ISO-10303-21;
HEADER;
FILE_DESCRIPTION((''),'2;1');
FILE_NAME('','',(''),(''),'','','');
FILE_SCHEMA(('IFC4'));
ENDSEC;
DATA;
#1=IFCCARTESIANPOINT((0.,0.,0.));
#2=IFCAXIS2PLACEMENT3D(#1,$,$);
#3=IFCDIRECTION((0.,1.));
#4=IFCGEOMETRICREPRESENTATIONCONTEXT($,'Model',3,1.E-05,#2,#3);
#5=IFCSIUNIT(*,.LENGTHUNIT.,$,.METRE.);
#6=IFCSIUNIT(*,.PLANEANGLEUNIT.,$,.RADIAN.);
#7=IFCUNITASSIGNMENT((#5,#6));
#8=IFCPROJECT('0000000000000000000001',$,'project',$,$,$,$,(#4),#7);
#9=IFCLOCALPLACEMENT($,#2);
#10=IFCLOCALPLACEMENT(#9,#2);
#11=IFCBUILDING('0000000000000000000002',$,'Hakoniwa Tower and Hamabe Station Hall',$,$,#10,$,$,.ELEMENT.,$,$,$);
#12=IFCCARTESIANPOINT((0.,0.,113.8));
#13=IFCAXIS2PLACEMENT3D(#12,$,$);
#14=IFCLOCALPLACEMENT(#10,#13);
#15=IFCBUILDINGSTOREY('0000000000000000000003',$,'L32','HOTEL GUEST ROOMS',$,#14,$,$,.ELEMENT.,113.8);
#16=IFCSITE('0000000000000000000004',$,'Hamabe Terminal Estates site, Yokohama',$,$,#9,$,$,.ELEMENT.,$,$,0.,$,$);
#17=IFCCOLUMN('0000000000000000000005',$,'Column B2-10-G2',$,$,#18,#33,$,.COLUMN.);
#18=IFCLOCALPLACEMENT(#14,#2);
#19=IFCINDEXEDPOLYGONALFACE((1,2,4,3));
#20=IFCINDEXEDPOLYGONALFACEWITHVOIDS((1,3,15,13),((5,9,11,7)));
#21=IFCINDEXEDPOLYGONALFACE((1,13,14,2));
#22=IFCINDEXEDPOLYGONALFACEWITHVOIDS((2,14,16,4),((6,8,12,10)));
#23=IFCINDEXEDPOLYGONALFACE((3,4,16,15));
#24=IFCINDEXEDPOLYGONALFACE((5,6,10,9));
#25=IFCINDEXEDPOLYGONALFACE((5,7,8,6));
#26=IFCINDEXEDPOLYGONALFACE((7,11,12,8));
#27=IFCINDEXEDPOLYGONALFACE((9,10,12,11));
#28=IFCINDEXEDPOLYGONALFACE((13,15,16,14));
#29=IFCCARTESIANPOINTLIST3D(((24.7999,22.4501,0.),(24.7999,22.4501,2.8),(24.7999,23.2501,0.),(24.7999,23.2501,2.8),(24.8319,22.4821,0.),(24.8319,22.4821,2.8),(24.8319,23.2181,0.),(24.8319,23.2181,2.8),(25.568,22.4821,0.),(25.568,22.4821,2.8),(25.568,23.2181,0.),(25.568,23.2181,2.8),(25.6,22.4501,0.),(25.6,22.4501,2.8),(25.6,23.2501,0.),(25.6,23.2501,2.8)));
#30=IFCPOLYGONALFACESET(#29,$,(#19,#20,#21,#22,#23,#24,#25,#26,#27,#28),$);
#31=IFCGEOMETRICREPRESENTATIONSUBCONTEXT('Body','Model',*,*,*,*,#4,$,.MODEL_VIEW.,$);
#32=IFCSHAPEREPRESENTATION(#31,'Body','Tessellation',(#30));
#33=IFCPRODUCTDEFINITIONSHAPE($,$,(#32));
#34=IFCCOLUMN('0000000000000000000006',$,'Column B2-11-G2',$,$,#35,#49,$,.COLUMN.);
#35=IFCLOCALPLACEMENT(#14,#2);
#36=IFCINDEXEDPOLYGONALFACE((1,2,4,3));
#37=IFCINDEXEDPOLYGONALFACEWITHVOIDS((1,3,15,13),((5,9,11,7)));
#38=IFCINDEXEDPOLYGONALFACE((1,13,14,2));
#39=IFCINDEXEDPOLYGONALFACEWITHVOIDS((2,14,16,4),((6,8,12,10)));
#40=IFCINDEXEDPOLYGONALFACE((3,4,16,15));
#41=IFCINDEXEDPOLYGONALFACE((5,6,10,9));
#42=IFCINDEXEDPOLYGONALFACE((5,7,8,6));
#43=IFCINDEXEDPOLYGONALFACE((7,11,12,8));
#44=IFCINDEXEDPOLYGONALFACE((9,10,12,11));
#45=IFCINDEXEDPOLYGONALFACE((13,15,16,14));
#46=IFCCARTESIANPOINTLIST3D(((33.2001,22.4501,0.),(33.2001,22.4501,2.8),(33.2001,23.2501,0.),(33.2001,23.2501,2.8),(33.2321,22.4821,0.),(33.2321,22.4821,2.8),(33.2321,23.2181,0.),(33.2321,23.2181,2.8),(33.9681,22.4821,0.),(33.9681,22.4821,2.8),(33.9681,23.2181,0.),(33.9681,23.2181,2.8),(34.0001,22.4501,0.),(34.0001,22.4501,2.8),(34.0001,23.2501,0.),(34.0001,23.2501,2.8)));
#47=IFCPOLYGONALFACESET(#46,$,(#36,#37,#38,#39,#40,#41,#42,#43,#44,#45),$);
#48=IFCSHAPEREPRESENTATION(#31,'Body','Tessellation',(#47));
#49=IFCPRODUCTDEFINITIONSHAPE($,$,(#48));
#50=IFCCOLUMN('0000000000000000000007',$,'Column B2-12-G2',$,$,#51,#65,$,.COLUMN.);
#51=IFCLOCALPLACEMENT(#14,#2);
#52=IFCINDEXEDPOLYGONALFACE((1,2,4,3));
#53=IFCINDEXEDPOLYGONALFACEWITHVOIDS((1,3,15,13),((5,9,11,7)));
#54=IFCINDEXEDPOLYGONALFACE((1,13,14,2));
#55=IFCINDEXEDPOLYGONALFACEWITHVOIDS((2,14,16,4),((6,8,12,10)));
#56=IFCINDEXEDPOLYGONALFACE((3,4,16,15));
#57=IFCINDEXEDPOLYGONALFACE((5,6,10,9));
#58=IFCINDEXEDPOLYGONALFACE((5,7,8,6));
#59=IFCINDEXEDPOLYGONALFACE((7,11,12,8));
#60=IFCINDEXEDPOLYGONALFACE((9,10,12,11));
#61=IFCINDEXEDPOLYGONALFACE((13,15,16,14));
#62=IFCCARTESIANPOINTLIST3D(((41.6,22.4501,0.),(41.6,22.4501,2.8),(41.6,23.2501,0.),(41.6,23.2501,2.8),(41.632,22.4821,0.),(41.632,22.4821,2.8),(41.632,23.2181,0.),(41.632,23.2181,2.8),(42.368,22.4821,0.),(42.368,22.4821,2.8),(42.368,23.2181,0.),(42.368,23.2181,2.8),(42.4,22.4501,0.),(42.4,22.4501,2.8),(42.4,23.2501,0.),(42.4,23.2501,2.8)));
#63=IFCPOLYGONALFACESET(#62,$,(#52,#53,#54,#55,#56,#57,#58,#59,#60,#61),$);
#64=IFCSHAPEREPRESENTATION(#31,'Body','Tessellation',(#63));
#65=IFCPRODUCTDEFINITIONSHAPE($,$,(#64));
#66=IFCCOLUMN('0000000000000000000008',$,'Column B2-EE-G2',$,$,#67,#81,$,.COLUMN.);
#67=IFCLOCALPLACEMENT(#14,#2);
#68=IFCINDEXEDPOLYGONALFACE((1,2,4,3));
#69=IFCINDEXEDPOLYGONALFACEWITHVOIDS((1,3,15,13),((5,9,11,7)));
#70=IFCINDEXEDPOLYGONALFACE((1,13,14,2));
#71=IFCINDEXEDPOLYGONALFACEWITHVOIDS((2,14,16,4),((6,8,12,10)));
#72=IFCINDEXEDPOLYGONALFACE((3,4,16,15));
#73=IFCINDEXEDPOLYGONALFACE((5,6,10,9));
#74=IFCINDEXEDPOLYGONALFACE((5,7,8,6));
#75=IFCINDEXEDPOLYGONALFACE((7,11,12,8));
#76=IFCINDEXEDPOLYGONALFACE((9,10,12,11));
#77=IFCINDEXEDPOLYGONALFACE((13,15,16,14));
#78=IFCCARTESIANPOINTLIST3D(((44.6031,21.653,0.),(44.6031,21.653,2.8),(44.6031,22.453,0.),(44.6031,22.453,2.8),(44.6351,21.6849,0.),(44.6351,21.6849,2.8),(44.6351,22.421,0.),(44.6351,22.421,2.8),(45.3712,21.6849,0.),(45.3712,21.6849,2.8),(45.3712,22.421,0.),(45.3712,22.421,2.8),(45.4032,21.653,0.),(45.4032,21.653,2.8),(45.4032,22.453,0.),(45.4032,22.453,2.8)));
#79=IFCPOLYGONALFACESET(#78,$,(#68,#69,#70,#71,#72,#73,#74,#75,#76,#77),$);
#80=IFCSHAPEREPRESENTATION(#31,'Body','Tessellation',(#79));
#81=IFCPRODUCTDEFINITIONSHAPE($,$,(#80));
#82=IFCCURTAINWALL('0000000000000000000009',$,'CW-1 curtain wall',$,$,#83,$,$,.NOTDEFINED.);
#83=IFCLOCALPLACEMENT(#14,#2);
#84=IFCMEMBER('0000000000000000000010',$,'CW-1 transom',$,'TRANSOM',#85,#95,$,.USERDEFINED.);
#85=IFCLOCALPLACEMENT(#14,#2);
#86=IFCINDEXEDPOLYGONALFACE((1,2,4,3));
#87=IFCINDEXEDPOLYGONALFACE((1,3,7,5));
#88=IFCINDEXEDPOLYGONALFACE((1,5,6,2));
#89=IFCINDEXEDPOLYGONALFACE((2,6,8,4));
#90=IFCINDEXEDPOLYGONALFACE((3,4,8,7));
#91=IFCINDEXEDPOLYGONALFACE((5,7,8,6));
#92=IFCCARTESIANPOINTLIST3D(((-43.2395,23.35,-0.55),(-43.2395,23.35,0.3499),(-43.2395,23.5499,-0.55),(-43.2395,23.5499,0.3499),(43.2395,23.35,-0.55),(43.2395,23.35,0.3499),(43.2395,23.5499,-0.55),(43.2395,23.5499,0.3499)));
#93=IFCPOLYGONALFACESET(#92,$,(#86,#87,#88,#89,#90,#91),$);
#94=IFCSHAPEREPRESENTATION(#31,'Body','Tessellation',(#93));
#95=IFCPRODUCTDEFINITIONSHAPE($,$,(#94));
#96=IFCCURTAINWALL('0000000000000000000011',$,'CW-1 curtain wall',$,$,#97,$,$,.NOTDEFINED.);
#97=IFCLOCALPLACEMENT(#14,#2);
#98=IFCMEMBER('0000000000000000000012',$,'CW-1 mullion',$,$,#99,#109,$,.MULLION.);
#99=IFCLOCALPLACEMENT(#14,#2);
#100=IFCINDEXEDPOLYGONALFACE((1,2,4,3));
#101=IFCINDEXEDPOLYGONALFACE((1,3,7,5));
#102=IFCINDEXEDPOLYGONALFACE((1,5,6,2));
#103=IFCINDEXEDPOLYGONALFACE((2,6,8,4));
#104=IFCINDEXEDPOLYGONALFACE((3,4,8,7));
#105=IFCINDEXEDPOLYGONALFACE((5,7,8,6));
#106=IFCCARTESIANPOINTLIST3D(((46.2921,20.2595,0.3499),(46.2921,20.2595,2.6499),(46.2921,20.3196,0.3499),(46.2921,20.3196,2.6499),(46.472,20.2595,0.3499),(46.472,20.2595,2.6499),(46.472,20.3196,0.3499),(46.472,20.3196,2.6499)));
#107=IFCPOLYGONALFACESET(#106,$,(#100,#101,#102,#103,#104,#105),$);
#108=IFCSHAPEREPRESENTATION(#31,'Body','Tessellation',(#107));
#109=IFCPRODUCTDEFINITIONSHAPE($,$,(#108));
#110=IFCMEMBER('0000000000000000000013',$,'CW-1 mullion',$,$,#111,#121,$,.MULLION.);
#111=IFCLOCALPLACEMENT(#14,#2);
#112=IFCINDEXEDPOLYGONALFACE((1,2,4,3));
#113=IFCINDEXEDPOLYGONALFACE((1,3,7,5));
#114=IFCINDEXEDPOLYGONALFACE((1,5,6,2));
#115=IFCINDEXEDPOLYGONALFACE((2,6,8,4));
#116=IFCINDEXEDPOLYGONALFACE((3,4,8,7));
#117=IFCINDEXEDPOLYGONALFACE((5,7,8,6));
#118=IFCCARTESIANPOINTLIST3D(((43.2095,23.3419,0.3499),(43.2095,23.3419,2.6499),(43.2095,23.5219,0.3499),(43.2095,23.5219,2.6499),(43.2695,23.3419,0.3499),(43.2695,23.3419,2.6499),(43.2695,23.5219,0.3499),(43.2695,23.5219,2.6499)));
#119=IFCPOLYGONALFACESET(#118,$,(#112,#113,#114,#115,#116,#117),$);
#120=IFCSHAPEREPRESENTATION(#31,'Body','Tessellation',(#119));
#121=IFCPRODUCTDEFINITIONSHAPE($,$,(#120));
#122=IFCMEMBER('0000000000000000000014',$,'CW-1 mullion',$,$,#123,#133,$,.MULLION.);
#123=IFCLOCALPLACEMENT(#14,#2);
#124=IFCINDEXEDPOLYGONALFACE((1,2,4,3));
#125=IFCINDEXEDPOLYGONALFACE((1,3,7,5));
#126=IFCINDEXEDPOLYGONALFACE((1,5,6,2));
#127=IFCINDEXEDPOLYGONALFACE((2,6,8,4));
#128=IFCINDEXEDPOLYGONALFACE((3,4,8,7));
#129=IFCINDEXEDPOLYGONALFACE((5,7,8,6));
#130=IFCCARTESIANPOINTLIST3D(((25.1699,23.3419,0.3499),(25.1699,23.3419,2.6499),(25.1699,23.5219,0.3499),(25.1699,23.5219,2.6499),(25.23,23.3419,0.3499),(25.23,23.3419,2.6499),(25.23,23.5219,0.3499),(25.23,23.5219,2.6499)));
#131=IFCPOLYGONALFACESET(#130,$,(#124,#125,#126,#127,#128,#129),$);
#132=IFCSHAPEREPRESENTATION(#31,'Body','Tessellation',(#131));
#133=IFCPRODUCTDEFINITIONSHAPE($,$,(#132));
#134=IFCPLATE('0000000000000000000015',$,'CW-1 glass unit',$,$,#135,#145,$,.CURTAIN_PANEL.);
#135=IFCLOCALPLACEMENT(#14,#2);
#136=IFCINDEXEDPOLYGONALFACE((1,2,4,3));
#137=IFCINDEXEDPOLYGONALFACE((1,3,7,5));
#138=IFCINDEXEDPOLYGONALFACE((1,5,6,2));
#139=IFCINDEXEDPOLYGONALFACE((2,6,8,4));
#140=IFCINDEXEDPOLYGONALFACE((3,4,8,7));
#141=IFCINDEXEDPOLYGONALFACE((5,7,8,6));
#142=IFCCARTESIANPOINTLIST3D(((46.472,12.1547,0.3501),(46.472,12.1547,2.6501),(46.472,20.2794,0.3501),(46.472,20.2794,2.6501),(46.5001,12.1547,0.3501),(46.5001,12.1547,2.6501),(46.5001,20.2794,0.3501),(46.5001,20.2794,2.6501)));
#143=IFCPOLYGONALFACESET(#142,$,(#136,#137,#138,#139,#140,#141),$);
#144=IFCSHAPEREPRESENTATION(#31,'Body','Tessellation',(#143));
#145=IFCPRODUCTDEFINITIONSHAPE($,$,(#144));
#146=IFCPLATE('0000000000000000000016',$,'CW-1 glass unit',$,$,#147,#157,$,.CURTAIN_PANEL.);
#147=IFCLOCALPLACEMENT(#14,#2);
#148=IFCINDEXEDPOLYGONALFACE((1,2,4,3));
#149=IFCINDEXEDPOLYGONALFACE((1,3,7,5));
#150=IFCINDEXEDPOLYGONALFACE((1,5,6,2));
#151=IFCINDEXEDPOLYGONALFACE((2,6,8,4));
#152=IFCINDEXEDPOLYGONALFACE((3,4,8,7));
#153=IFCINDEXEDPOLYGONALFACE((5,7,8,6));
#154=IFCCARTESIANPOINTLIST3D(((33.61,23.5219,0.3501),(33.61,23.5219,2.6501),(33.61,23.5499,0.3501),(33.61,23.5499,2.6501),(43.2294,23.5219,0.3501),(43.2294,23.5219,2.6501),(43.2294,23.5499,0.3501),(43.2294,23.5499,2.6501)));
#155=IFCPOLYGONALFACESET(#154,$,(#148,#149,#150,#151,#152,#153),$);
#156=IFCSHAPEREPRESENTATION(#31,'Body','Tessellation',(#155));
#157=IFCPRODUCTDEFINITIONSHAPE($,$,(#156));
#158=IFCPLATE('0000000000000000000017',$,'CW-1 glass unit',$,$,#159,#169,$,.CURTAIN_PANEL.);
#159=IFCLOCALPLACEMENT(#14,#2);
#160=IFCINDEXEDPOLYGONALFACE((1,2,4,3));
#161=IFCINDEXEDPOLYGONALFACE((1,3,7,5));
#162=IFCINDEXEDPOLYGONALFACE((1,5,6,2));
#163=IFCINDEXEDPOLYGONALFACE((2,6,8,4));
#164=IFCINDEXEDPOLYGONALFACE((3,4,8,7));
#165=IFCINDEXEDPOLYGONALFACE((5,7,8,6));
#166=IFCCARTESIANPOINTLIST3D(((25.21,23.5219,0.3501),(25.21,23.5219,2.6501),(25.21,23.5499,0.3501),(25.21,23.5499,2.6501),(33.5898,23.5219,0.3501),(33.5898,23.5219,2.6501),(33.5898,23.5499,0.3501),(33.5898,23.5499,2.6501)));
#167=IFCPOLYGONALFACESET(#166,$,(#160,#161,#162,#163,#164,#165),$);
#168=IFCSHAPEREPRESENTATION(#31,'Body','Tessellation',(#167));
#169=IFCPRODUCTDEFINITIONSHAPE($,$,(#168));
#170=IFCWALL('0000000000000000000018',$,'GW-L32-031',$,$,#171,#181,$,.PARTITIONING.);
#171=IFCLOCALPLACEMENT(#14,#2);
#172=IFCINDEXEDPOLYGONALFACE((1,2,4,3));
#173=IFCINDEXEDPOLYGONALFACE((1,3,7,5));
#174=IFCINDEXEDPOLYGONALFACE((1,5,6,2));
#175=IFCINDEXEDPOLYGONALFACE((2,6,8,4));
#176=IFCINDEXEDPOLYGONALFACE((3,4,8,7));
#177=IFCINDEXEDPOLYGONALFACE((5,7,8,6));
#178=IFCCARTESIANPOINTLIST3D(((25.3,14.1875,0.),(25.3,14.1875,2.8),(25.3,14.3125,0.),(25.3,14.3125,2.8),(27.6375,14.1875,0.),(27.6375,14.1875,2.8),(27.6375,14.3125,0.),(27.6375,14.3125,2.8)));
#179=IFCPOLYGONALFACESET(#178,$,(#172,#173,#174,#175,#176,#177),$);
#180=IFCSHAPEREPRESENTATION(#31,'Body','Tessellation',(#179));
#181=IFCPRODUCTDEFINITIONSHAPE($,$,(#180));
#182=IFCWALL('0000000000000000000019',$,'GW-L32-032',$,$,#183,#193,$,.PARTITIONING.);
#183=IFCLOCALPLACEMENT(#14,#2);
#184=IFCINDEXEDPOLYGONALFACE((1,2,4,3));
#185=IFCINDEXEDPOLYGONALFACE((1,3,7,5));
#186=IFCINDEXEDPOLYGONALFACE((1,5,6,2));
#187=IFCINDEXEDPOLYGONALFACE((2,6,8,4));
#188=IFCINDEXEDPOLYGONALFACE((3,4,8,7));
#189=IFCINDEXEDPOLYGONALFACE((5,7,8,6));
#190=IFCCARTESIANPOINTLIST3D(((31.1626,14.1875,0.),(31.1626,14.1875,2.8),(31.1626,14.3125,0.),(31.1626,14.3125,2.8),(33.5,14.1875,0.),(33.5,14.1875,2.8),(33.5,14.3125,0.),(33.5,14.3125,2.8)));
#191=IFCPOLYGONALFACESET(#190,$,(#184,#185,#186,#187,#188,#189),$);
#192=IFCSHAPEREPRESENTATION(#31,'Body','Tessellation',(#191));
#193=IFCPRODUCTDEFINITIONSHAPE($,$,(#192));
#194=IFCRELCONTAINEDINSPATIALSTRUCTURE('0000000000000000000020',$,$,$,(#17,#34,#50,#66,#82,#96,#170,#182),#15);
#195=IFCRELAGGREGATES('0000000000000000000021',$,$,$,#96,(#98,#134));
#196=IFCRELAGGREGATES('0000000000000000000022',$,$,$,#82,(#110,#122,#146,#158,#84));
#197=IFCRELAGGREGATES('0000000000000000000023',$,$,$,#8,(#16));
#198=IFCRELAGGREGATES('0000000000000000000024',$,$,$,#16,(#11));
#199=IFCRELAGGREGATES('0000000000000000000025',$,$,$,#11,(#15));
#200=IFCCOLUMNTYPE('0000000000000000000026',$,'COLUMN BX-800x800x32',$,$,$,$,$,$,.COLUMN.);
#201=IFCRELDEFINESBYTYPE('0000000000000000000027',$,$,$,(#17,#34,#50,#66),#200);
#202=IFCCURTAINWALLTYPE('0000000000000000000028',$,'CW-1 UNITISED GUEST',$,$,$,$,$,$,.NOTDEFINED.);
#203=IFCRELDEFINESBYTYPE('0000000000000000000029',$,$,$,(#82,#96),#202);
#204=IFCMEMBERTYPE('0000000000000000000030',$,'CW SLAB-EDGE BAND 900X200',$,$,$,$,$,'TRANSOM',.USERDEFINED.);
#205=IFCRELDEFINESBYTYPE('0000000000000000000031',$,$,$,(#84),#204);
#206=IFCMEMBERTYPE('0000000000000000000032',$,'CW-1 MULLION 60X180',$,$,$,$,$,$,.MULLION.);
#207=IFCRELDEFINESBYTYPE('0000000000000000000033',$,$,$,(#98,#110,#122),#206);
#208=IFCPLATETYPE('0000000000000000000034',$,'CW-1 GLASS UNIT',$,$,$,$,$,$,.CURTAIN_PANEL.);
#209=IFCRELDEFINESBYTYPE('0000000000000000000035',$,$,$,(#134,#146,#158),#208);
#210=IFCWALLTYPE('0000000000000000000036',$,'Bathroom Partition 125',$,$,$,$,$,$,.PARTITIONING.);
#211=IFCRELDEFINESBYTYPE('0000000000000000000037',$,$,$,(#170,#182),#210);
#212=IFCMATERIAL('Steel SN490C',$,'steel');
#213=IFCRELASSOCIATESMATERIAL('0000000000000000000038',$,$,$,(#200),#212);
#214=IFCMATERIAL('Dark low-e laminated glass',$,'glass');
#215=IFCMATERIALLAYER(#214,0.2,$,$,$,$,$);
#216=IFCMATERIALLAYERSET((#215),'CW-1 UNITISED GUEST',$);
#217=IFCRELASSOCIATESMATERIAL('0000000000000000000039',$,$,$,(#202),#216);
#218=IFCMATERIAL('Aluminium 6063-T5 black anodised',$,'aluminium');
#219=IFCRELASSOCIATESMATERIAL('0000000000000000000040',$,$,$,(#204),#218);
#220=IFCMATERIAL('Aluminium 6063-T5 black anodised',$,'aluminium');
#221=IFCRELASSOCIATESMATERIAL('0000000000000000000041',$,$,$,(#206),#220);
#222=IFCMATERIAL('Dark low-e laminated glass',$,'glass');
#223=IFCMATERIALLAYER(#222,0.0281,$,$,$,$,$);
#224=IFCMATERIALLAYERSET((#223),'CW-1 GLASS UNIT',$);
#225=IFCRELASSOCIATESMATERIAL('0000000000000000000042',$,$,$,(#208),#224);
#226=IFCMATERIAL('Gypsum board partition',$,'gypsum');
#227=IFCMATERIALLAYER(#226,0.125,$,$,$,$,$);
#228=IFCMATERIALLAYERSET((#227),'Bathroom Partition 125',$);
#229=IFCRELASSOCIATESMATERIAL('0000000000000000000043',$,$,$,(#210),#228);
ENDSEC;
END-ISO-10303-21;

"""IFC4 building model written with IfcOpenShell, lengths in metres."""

from ifc_helpers import new_model, si_unit, direction, frame, frame_2d, origin, origin_2d, place, context, subcontext, project, spatial, rectangle, hollow_rectangle, extrude, material, layer, layer_set, material_profile, profile_set, type_object, element, aggregate, save


model = new_model("IFC4")

# Units and contexts
model_context = context("Model", 3, precision=1e-05, world=origin(), true_north=direction((0.0, 1.0)))
body_context = subcontext(model_context, "Body", "Model", "MODEL_VIEW")
ifc_project = project(units=[si_unit("LENGTHUNIT", "METRE"), si_unit("PLANEANGLEUNIT", "RADIAN")], contexts=[model_context])

# Site, building, storey
site_placement = place(None, origin())
site = spatial("IfcSite", under=ifc_project, at=site_placement, Name="Hamabe Terminal Estates site, Yokohama", CompositionType="ELEMENT", RefElevation=0.0)
building_placement = place(site_placement, origin())
building = spatial("IfcBuilding", under=site, at=building_placement, Name="Hakoniwa Tower and Hamabe Station Hall", CompositionType="ELEMENT")
storey_placement = place(building_placement, frame((0.0, 0.0, 113.8)))
storey = spatial("IfcBuildingStorey", under=building, at=storey_placement, Name="L32", Description="HOTEL GUEST ROOMS", CompositionType="ELEMENT", Elevation=113.8)

# Columns
ifc_material_1 = material(Name="Steel SN490C", Category="steel")
ifc_material_profile_1 = material_profile(ifc_material_1, hollow_rectangle(XDim=0.8, YDim=0.8, WallThickness=0.032, at=origin_2d()), Name="BX-800x800x32")
ifc_profile_set_1 = profile_set([ifc_material_profile_1], Name="Steel SN490C")
column_type = type_object("IfcColumnType", Name="COLUMN BX-800x800x32", PredefinedType="COLUMN", material=ifc_profile_set_1)
for number, where, z_axis, x_axis, name in (
    (1, (25.2, 22.8501, 0.0), (0.0, 0.0, 1.0), (1.0, 0.0, 0.0), "Column B2-10-G2"),
    (2, (33.6001, 22.8501, 0.0), (0.0, 0.0, 1.0), (1.0, 0.0, 0.0), "Column B2-11-G2"),
    (3, (42.0, 22.8501, 0.0), (0.0, 0.0, 1.0), (1.0, 0.0, 0.0), "Column B2-12-G2"),
    (4, (45.0032, 22.053, 0.0), (0.0, 0.0, 1.0), (1.0, 0.0, 0.0), "Column B2-EE-G2"),
):
    element("IfcColumn", number, at=place(storey_placement, frame(where, z_axis=z_axis, x_axis=x_axis)), inside=storey, type_object=column_type, Name=name, PredefinedType="COLUMN", context=body_context, shape_type="SweptSolid", body=[
        extrude(hollow_rectangle(XDim=0.8, YDim=0.8, WallThickness=0.032, at=origin_2d()), origin(), (0.0, 0.0, 1.0), 2.8),
    ])

# Curtain walls, members
ifc_material_2 = material(Name="Dark low-e laminated glass", Category="glass")
ifc_layer_1 = layer(ifc_material_2, 0.2)
ifc_layer_set_1 = layer_set([ifc_layer_1], Name="CW-1 UNITISED GUEST")
curtain_wall_type = type_object("IfcCurtainWallType", Name="CW-1 UNITISED GUEST", PredefinedType="NOTDEFINED", material=ifc_layer_set_1)
curtain_wall_1_placement = place(storey_placement, origin())
curtain_wall_1 = element("IfcCurtainWall", 5, at=curtain_wall_1_placement, inside=storey, type_object=curtain_wall_type, Name="CW-1 curtain wall", PredefinedType="NOTDEFINED")
ifc_material_3 = material(Name="Aluminium 6063-T5 black anodised", Category="aluminium")
ifc_material_profile_2 = material_profile(ifc_material_3, rectangle(XDim=0.2, YDim=0.8999, at=origin_2d()), Name="CW SLAB-EDGE BAND 900X200")
ifc_profile_set_2 = profile_set([ifc_material_profile_2], Name="Aluminium 6063-T5 black anodised")
member_type_1 = type_object("IfcMemberType", Name="CW SLAB-EDGE BAND 900X200", ElementType="TRANSOM", PredefinedType="USERDEFINED", material=ifc_profile_set_2)
member_1_placement = place(storey_placement, frame((43.2395, 23.45, -0.1001), z_axis=(-1.0, 0.0, 0.0), x_axis=(0.0, -1.0, 0.0)))
member_1 = element("IfcMember", 6, at=member_1_placement, type_object=member_type_1, Name="CW-1 transom", ObjectType="TRANSOM", PredefinedType="USERDEFINED", context=body_context, shape_type="SweptSolid", body=[
    extrude(rectangle(XDim=0.2, YDim=0.8999, at=origin_2d()), origin(), (0.0, 0.0, 1.0), 86.479),
])
curtain_wall_2_placement = place(storey_placement, origin())
curtain_wall_2 = element("IfcCurtainWall", 7, at=curtain_wall_2_placement, inside=storey, type_object=curtain_wall_type, Name="CW-1 curtain wall", PredefinedType="NOTDEFINED")
ifc_material_4 = material(Name="Aluminium 6063-T5 black anodised", Category="aluminium")
ifc_material_profile_3 = material_profile(ifc_material_4, rectangle(XDim=0.0601, YDim=0.1799, at=origin_2d()), Name="CW-1 MULLION 60X180")
ifc_profile_set_3 = profile_set([ifc_material_profile_3], Name="Aluminium 6063-T5 black anodised")
member_type_2 = type_object("IfcMemberType", Name="CW-1 MULLION 60X180", PredefinedType="MULLION", material=ifc_profile_set_3)
member_2_placement = place(storey_placement, frame((46.3821, 20.2896, 0.3499), z_axis=(0.0, 0.0, 1.0), x_axis=(0.0, 1.0, 0.0)))
member_2 = element("IfcMember", 8, at=member_2_placement, type_object=member_type_2, Name="CW-1 mullion", PredefinedType="MULLION", context=body_context, shape_type="SweptSolid", body=[
    extrude(rectangle(XDim=0.0601, YDim=0.1799, at=origin_2d()), origin(), (0.0, 0.0, 1.0), 2.3),
])

# Members
member_3_placement = place(storey_placement, frame((43.2395, 23.4319, 0.3499), z_axis=(0.0, 0.0, 1.0), x_axis=(-1.0, 0.0, 0.0)))
member_3 = element("IfcMember", 9, at=member_3_placement, type_object=member_type_2, Name="CW-1 mullion", PredefinedType="MULLION", context=body_context, shape_type="SweptSolid", body=[
    extrude(rectangle(XDim=0.0601, YDim=0.1799, at=origin_2d()), origin(), (0.0, 0.0, 1.0), 2.3),
])
member_4_placement = place(storey_placement, frame((25.2, 23.4319, 0.3499), z_axis=(0.0, 0.0, 1.0), x_axis=(-1.0, 0.0, 0.0)))
member_4 = element("IfcMember", 10, at=member_4_placement, type_object=member_type_2, Name="CW-1 mullion", PredefinedType="MULLION", context=body_context, shape_type="SweptSolid", body=[
    extrude(rectangle(XDim=0.0601, YDim=0.1799, at=origin_2d()), origin(), (0.0, 0.0, 1.0), 2.3),
])

# Plates
ifc_material_5 = material(Name="Dark low-e laminated glass", Category="glass")
ifc_layer_2 = layer(ifc_material_5, 0.0281)
ifc_layer_set_2 = layer_set([ifc_layer_2], Name="CW-1 GLASS UNIT")
plate_type = type_object("IfcPlateType", Name="CW-1 GLASS UNIT", PredefinedType="CURTAIN_PANEL", material=ifc_layer_set_2)
plate_1_placement = place(storey_placement, frame((46.4861, 16.217, 0.3501), z_axis=(0.0, 0.0, 1.0), x_axis=(0.0, 1.0, 0.0)))
plate_1 = element("IfcPlate", 11, at=plate_1_placement, type_object=plate_type, Name="CW-1 glass unit", PredefinedType="CURTAIN_PANEL", context=body_context, shape_type="SweptSolid", body=[
    extrude(rectangle(XDim=8.1248, YDim=0.0281, at=origin_2d()), origin(), (0.0, 0.0, 1.0), 2.3),
])
aggregate(curtain_wall_2, [member_2, plate_1])
plate_2_placement = place(storey_placement, frame((38.4197, 23.5359, 0.3501), z_axis=(0.0, 0.0, 1.0), x_axis=(-1.0, 0.0, 0.0)))
plate_2 = element("IfcPlate", 12, at=plate_2_placement, type_object=plate_type, Name="CW-1 glass unit", PredefinedType="CURTAIN_PANEL", context=body_context, shape_type="SweptSolid", body=[
    extrude(rectangle(XDim=9.6194, YDim=0.0281, at=origin_2d()), origin(), (0.0, 0.0, 1.0), 2.3),
])
plate_3_placement = place(storey_placement, frame((29.3999, 23.5359, 0.3501), z_axis=(0.0, 0.0, 1.0), x_axis=(-1.0, 0.0, 0.0)))
plate_3 = element("IfcPlate", 13, at=plate_3_placement, type_object=plate_type, Name="CW-1 glass unit", PredefinedType="CURTAIN_PANEL", context=body_context, shape_type="SweptSolid", body=[
    extrude(rectangle(XDim=8.3799, YDim=0.0281, at=origin_2d()), origin(), (0.0, 0.0, 1.0), 2.3),
])
aggregate(curtain_wall_1, [member_3, member_4, plate_2, plate_3, member_1])

# Walls
ifc_material_6 = material(Name="Gypsum board partition", Category="gypsum")
ifc_layer_3 = layer(ifc_material_6, 0.125)
ifc_layer_set_3 = layer_set([ifc_layer_3], Name="Bathroom Partition 125")
wall_type_1 = type_object("IfcWallType", Name="Bathroom Partition 125", PredefinedType="PARTITIONING", material=ifc_layer_set_3)
for number, where, z_axis, x_axis, name in (
    (14, (25.3, 14.25, 0.0), (0.0, 0.0, 1.0), (1.0, 0.0, 0.0), "GW-L32-031"),
    (15, (31.1626, 14.25, 0.0), (0.0, 0.0, 1.0), (1.0, 0.0, 0.0), "GW-L32-032"),
):
    element("IfcWall", number, at=place(storey_placement, frame(where, z_axis=z_axis, x_axis=x_axis)), inside=storey, type_object=wall_type_1, Name=name, PredefinedType="PARTITIONING", context=body_context, shape_type="SweptSolid", body=[
        extrude(rectangle(XDim=2.3374, YDim=0.125, at=frame_2d((1.1687, 0.0))), origin(), (0.0, 0.0, 1.0), 2.8),
    ])

save(model, "model.ifc")
